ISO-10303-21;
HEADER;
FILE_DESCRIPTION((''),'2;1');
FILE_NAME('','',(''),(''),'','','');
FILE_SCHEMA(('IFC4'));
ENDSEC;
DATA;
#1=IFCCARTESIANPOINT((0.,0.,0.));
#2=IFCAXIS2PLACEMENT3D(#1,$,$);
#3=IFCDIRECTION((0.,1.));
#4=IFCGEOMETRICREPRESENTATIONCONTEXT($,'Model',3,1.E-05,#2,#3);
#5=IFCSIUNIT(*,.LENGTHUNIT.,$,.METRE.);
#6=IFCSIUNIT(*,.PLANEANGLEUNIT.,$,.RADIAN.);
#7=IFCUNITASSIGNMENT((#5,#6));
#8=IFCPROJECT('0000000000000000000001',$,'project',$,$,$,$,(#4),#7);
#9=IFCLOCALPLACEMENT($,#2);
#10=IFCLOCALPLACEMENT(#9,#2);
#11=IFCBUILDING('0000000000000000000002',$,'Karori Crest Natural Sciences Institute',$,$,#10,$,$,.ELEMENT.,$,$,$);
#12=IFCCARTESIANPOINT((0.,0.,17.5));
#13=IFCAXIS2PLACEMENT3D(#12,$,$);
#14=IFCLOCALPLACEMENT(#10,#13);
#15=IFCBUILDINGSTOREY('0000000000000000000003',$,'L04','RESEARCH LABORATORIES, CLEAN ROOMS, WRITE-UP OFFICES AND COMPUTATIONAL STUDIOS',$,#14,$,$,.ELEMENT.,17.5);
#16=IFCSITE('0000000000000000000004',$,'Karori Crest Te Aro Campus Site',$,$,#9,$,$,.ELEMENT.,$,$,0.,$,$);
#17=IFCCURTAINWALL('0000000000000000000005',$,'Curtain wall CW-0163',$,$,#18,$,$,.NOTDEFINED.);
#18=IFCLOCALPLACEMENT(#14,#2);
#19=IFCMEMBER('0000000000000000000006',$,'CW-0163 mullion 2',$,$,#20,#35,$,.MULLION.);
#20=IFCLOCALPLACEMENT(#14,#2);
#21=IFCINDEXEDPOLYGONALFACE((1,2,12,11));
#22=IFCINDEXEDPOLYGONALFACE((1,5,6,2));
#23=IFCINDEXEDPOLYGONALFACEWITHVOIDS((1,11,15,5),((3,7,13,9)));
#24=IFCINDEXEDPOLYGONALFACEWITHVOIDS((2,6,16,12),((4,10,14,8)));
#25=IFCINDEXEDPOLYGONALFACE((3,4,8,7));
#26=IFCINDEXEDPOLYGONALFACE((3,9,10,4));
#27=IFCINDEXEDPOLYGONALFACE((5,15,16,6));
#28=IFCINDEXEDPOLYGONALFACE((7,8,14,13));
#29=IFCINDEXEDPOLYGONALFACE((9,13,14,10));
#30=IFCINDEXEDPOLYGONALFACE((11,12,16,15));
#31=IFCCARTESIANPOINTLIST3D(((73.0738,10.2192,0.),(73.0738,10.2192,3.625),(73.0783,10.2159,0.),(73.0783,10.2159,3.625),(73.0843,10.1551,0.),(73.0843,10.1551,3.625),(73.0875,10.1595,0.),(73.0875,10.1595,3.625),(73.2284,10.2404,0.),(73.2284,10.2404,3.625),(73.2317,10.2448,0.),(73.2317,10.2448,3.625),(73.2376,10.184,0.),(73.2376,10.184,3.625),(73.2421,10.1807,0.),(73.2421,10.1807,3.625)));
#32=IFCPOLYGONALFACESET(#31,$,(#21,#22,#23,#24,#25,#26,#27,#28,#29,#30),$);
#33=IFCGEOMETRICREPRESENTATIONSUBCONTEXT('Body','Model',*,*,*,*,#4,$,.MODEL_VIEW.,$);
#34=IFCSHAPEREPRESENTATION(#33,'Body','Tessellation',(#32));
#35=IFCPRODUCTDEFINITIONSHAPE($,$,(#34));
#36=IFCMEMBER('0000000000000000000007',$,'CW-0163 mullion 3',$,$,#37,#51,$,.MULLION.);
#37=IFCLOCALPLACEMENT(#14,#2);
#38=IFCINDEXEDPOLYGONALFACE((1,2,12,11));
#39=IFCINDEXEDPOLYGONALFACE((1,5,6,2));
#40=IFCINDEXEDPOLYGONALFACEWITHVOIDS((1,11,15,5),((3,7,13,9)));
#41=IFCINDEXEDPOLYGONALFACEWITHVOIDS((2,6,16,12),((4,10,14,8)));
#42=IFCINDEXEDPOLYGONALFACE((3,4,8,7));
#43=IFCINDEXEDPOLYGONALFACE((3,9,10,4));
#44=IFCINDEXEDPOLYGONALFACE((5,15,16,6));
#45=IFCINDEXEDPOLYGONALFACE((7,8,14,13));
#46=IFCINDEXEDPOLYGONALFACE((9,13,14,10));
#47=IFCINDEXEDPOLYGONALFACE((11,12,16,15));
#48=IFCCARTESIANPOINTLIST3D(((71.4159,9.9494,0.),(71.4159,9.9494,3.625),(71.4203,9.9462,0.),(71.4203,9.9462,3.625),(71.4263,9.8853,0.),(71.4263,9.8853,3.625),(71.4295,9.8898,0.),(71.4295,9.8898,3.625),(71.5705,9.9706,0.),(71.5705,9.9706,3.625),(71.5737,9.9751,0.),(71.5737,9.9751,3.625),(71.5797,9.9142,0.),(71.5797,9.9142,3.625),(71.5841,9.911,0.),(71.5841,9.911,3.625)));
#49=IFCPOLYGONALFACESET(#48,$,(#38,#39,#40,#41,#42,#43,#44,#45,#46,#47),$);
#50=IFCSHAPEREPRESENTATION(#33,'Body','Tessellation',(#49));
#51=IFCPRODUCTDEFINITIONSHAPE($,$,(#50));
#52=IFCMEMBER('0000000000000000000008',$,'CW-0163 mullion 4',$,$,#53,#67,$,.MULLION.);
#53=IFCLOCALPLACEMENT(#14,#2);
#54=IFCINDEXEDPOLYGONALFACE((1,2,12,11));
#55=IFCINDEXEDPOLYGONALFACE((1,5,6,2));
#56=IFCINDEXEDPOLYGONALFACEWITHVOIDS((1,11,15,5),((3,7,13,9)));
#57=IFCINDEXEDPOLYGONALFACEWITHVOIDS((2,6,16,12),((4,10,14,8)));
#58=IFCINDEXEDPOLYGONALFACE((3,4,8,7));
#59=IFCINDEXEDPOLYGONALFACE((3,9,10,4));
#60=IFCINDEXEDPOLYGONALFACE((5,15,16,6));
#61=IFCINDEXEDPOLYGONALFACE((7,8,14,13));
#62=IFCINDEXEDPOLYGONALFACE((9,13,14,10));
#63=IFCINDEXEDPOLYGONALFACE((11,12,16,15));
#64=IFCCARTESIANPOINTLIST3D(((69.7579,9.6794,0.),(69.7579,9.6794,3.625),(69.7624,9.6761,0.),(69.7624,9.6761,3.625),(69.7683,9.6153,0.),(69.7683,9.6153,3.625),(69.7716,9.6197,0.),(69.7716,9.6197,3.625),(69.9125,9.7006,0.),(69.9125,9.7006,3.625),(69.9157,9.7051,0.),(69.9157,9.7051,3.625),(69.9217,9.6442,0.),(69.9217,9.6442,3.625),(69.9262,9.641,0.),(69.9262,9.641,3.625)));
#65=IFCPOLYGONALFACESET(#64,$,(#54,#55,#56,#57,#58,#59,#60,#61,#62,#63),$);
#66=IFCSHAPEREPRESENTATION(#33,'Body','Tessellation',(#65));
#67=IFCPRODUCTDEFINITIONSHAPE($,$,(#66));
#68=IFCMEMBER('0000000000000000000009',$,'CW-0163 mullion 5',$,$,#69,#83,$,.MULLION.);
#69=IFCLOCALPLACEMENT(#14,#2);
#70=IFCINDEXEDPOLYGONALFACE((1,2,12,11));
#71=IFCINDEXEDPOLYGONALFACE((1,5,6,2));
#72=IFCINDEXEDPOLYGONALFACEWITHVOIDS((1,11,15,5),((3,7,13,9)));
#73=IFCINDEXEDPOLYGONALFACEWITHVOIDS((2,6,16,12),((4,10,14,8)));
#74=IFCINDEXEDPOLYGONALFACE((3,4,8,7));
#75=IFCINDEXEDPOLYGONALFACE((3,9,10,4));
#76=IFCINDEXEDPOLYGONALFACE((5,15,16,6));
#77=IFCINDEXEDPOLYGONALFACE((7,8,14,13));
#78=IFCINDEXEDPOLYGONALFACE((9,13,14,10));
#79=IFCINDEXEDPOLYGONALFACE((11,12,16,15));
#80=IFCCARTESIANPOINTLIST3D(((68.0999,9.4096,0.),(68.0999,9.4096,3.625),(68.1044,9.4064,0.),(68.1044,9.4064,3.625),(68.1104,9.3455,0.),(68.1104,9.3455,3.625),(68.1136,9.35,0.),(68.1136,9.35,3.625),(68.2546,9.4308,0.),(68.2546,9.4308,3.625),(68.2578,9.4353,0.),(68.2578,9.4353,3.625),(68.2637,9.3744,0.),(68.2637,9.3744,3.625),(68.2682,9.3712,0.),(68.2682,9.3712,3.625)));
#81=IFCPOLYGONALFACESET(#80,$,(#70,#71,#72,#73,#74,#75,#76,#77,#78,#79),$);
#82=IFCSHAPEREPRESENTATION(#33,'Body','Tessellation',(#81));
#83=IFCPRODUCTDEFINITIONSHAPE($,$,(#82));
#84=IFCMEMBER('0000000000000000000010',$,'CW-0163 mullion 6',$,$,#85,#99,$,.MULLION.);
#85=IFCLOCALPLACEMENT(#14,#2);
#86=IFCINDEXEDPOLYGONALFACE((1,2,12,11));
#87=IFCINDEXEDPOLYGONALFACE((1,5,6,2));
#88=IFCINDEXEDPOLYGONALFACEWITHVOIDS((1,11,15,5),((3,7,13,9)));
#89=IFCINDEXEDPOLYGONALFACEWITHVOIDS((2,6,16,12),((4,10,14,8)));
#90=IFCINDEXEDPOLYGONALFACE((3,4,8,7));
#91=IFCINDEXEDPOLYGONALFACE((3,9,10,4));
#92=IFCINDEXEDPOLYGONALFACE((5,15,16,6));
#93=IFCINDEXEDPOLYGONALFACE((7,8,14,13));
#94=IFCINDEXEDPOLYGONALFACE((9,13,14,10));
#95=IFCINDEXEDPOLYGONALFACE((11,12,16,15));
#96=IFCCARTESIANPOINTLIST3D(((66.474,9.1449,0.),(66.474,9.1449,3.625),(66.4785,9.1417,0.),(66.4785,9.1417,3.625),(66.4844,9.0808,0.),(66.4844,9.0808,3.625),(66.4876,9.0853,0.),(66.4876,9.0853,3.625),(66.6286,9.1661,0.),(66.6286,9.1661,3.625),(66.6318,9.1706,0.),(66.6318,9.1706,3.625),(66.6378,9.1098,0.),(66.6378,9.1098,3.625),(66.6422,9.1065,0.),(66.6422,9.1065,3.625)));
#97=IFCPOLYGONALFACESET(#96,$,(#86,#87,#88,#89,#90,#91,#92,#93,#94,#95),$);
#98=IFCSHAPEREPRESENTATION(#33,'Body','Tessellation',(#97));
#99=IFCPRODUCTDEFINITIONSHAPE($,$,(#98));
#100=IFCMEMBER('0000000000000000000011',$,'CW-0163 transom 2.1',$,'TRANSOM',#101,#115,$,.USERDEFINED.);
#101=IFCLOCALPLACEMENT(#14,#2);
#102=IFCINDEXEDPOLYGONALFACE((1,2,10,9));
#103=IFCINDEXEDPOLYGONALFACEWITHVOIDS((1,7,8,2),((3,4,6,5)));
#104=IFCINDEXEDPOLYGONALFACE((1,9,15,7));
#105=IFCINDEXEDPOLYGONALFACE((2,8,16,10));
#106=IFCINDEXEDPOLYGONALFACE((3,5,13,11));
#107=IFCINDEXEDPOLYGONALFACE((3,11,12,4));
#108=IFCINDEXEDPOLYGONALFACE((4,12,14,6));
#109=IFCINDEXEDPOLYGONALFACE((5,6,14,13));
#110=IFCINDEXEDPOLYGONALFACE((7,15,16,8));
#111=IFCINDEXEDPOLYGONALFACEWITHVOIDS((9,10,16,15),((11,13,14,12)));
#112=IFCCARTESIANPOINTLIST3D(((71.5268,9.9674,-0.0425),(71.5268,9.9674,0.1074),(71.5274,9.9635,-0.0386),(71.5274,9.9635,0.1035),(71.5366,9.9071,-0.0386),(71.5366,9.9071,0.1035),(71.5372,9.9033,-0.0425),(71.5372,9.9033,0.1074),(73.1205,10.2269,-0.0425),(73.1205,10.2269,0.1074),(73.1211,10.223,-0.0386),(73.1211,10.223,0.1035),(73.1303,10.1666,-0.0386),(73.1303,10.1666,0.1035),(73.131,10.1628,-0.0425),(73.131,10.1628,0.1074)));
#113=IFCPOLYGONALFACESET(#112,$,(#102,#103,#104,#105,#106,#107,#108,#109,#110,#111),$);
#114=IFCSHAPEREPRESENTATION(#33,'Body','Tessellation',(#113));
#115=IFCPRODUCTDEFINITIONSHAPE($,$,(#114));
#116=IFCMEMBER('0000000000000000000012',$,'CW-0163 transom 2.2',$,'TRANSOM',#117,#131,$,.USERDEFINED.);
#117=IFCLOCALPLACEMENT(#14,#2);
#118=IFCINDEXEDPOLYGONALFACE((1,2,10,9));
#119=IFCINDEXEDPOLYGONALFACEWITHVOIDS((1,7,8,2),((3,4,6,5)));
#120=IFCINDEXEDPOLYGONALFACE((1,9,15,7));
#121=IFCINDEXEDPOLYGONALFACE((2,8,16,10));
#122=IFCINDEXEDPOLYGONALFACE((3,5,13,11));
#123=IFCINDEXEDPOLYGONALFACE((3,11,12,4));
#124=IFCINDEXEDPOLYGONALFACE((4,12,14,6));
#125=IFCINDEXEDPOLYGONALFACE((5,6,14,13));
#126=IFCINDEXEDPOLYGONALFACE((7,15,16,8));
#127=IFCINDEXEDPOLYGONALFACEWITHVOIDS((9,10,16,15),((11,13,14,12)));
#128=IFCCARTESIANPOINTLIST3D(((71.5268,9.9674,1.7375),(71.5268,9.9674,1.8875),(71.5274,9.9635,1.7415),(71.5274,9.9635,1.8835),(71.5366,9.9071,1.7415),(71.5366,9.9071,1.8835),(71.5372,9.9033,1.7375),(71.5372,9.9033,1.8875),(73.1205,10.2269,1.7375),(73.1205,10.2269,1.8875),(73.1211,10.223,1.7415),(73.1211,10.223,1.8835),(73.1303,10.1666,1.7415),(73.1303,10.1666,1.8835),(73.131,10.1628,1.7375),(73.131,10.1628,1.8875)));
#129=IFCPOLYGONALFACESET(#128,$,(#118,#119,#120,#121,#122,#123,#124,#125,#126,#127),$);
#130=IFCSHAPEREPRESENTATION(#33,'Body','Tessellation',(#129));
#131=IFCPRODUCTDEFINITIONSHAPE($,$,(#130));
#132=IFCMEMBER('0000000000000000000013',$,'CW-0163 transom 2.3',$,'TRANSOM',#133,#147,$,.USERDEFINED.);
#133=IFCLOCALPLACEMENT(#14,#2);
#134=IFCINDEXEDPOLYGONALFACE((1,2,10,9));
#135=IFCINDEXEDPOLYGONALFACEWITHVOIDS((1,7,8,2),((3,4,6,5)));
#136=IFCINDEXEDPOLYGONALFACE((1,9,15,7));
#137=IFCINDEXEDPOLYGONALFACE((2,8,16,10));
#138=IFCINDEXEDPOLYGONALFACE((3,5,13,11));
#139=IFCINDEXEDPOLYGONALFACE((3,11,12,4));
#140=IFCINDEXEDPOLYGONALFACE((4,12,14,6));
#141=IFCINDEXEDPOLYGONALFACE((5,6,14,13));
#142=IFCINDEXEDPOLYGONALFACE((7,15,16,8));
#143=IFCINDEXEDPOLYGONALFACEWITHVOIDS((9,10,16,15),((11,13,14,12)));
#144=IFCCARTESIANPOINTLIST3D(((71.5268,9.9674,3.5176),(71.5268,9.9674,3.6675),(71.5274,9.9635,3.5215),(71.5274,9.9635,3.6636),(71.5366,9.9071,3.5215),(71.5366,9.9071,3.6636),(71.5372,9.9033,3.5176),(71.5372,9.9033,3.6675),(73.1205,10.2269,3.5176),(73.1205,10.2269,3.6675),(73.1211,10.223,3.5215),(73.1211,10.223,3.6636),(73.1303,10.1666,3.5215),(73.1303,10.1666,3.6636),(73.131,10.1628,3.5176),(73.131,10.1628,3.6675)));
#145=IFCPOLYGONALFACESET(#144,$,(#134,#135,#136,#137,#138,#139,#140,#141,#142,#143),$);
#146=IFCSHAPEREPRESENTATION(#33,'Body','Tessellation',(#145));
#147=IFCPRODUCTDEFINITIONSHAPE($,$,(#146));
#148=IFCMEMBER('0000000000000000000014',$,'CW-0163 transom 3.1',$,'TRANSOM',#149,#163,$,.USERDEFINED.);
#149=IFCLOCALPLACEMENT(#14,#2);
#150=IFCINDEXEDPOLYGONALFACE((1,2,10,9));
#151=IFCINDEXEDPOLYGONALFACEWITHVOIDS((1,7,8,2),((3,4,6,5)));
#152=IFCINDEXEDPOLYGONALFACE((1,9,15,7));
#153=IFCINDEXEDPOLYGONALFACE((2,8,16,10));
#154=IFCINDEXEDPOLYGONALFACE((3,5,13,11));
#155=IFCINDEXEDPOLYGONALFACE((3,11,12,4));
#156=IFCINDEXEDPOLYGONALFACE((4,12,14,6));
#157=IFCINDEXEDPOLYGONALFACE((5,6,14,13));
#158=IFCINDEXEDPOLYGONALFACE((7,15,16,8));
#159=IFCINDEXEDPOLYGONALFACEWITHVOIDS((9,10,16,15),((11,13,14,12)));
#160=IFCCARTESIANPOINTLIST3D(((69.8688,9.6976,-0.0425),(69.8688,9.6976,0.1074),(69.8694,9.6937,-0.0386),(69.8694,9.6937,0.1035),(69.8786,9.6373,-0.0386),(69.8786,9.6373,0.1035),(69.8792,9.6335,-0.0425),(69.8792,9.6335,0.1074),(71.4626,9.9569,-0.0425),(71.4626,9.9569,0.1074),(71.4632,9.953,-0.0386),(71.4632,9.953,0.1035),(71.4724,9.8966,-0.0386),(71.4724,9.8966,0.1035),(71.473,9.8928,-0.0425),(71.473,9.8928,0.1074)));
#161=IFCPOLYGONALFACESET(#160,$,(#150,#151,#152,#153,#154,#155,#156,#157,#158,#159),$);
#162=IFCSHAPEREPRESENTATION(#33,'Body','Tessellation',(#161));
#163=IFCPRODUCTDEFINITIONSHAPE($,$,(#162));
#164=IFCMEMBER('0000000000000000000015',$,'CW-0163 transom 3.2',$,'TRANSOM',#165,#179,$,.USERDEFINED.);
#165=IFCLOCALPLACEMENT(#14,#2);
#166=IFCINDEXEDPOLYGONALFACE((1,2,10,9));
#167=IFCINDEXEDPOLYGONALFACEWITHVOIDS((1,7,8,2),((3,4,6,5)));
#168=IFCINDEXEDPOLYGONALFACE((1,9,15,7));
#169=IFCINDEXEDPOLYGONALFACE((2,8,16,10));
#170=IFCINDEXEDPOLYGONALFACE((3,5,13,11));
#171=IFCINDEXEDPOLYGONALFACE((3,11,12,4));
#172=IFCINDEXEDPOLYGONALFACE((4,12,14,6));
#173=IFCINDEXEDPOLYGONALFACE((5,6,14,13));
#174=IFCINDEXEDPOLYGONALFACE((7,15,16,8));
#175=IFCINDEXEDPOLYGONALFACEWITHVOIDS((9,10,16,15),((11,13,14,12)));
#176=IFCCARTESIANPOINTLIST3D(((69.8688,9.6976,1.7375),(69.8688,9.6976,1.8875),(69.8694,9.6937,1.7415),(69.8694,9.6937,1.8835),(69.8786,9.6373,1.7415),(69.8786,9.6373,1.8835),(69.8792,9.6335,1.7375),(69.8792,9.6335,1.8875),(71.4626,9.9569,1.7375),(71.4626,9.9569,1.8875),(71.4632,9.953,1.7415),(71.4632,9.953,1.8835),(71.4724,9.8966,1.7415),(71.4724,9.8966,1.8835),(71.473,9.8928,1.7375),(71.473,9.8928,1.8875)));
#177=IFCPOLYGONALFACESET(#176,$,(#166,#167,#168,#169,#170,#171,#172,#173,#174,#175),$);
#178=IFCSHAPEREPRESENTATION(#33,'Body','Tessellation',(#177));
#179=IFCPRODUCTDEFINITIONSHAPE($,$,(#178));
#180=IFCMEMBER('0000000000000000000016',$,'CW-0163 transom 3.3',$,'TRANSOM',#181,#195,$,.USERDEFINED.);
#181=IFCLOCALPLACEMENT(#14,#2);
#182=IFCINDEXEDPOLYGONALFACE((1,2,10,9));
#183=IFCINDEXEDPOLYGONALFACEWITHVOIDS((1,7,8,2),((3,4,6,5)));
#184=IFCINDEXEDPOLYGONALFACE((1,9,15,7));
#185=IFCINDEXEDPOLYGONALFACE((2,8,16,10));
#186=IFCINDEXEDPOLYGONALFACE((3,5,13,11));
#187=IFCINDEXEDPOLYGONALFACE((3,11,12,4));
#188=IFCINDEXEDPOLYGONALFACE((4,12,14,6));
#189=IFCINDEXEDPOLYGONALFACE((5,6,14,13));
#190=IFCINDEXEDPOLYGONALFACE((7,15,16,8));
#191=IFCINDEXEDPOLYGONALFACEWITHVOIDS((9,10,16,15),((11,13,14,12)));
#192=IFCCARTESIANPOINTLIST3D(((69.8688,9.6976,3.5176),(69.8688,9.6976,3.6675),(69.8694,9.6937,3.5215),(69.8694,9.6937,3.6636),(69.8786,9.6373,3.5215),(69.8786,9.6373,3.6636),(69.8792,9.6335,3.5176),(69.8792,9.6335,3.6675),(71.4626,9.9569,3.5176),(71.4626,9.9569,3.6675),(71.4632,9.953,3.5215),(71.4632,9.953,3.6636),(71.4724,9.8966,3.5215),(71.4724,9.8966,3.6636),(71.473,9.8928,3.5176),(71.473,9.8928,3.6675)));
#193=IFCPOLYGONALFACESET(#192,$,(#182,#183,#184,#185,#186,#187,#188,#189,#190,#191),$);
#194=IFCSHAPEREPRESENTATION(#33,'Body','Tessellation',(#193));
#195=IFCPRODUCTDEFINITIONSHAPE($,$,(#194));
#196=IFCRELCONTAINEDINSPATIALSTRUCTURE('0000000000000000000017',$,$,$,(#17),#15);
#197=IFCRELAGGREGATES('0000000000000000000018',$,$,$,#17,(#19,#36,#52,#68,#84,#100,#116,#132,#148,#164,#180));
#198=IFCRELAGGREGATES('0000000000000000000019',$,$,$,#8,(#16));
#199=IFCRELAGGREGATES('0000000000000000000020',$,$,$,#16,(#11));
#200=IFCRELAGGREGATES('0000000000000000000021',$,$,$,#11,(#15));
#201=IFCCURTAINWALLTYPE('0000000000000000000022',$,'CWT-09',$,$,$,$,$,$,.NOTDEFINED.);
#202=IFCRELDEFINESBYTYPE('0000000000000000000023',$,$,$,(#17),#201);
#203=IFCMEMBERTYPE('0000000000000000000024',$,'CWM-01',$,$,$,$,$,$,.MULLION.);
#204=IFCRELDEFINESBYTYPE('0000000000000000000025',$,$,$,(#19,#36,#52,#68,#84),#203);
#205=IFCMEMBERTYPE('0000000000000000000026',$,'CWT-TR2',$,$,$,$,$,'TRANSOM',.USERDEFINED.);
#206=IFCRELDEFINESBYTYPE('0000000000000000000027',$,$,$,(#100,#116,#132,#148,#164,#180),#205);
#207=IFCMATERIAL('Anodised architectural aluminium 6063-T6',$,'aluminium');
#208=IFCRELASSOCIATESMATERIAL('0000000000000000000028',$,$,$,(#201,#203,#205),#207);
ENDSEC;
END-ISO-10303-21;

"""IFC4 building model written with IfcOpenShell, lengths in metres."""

from ifc_helpers import new_model, si_unit, direction, frame, origin, origin_2d, place, context, subcontext, project, spatial, hollow_rectangle, extrude, material, material_profile, profile_set, type_object, element, aggregate, save


model = new_model("IFC4")

# Units and contexts
model_context = context("Model", 3, precision=1e-05, world=origin(), true_north=direction((0.0, 1.0)))
body_context = subcontext(model_context, "Body", "Model", "MODEL_VIEW")
ifc_project = project(units=[si_unit("LENGTHUNIT", "METRE"), si_unit("PLANEANGLEUNIT", "RADIAN")], contexts=[model_context])

# Site, building, storey
site_placement = place(None, origin())
site = spatial("IfcSite", under=ifc_project, at=site_placement, Name="Karori Crest Te Aro Campus Site", CompositionType="ELEMENT", RefElevation=0.0)
building_placement = place(site_placement, origin())
building = spatial("IfcBuilding", under=site, at=building_placement, Name="Karori Crest Natural Sciences Institute", CompositionType="ELEMENT")
storey_placement = place(building_placement, frame((0.0, 0.0, 17.5)))
storey = spatial("IfcBuildingStorey", under=building, at=storey_placement, Name="L04", Description="RESEARCH LABORATORIES, CLEAN ROOMS, WRITE-UP OFFICES AND COMPUTATIONAL STUDIOS", CompositionType="ELEMENT", Elevation=17.5)

# Curtain wall, members
ifc_material_1 = material(Name="Anodised architectural aluminium 6063-T6", Category="aluminium")
curtain_wall_type = type_object("IfcCurtainWallType", Name="CWT-09", PredefinedType="NOTDEFINED", material=ifc_material_1)
curtain_wall_placement = place(storey_placement, origin())
curtain_wall = element("IfcCurtainWall", 1, at=curtain_wall_placement, inside=storey, type_object=curtain_wall_type, Name="Curtain wall CW-0163", PredefinedType="NOTDEFINED")
ifc_material_profile_1 = material_profile(ifc_material_1, hollow_rectangle(XDim=0.0649, YDim=0.1599, WallThickness=0.0039, at=origin_2d()), Name="CWM160x65x4")
ifc_profile_set_1 = profile_set([ifc_material_profile_1], Name="Anodised architectural aluminium 6063-T6")
member_type_1 = type_object("IfcMemberType", Name="CWM-01", PredefinedType="MULLION", material=ifc_profile_set_1)
member_1_placement = place(storey_placement, frame((73.158, 10.2, 0.0), z_axis=(0.0, 0.0, 1.0), x_axis=(0.16065, -0.987011, 0.0)))
member_1 = element("IfcMember", 2, at=member_1_placement, type_object=member_type_1, Name="CW-0163 mullion 2", PredefinedType="MULLION", context=body_context, shape_type="SweptSolid", body=[
    extrude(hollow_rectangle(XDim=0.0649, YDim=0.1599, WallThickness=0.0039, at=origin_2d()), origin(), (0.0, 0.0, 1.0), 3.625),
])
member_2_placement = place(storey_placement, frame((71.5, 9.9302, 0.0), z_axis=(0.0, 0.0, 1.0), x_axis=(0.16065, -0.987011, 0.0)))
member_2 = element("IfcMember", 3, at=member_2_placement, type_object=member_type_1, Name="CW-0163 mullion 3", PredefinedType="MULLION", context=body_context, shape_type="SweptSolid", body=[
    extrude(hollow_rectangle(XDim=0.0649, YDim=0.1599, WallThickness=0.0039, at=origin_2d()), origin(), (0.0, 0.0, 1.0), 3.625),
])
member_3_placement = place(storey_placement, frame((69.842, 9.6602, 0.0), z_axis=(0.0, 0.0, 1.0), x_axis=(0.16065, -0.987011, 0.0)))
member_3 = element("IfcMember", 4, at=member_3_placement, type_object=member_type_1, Name="CW-0163 mullion 4", PredefinedType="MULLION", context=body_context, shape_type="SweptSolid", body=[
    extrude(hollow_rectangle(XDim=0.0649, YDim=0.1599, WallThickness=0.0039, at=origin_2d()), origin(), (0.0, 0.0, 1.0), 3.625),
])
member_4_placement = place(storey_placement, frame((68.1841, 9.3904, 0.0), z_axis=(0.0, 0.0, 1.0), x_axis=(0.16065, -0.987011, 0.0)))
member_4 = element("IfcMember", 5, at=member_4_placement, type_object=member_type_1, Name="CW-0163 mullion 5", PredefinedType="MULLION", context=body_context, shape_type="SweptSolid", body=[
    extrude(hollow_rectangle(XDim=0.0649, YDim=0.1599, WallThickness=0.0039, at=origin_2d()), origin(), (0.0, 0.0, 1.0), 3.625),
])
member_5_placement = place(storey_placement, frame((66.5581, 9.1257, 0.0), z_axis=(0.0, 0.0, 1.0), x_axis=(0.16065, -0.987011, 0.0)))
member_5 = element("IfcMember", 6, at=member_5_placement, type_object=member_type_1, Name="CW-0163 mullion 6", PredefinedType="MULLION", context=body_context, shape_type="SweptSolid", body=[
    extrude(hollow_rectangle(XDim=0.0649, YDim=0.1599, WallThickness=0.0039, at=origin_2d()), origin(), (0.0, 0.0, 1.0), 3.625),
])
ifc_material_profile_2 = material_profile(ifc_material_1, hollow_rectangle(XDim=0.0649, YDim=0.1499, WallThickness=0.0039, at=origin_2d()), Name="CWT150x65x4")
ifc_profile_set_2 = profile_set([ifc_material_profile_2], Name="Anodised architectural aluminium 6063-T6")
member_type_2 = type_object("IfcMemberType", Name="CWT-TR2", ElementType="TRANSOM", PredefinedType="USERDEFINED", material=ifc_profile_set_2)
member_6_placement = place(storey_placement, frame((73.1257, 10.1948, 0.0325), z_axis=(-0.987, -0.16072, 0.0), x_axis=(0.16072, -0.987, 0.0)))
member_6 = element("IfcMember", 7, at=member_6_placement, type_object=member_type_2, Name="CW-0163 transom 2.1", ObjectType="TRANSOM", PredefinedType="USERDEFINED", context=body_context, shape_type="SweptSolid", body=[
    extrude(hollow_rectangle(XDim=0.0649, YDim=0.1499, WallThickness=0.0039, at=origin_2d()), origin(), (0.0, 0.0, 1.0), 1.6147),
])
member_7_placement = place(storey_placement, frame((73.1257, 10.1948, 1.8125), z_axis=(-0.987, -0.16072, 0.0), x_axis=(0.16072, -0.987, 0.0)))
member_7 = element("IfcMember", 8, at=member_7_placement, type_object=member_type_2, Name="CW-0163 transom 2.2", ObjectType="TRANSOM", PredefinedType="USERDEFINED", context=body_context, shape_type="SweptSolid", body=[
    extrude(hollow_rectangle(XDim=0.0649, YDim=0.1499, WallThickness=0.0039, at=origin_2d()), origin(), (0.0, 0.0, 1.0), 1.6147),
])
member_8_placement = place(storey_placement, frame((73.1257, 10.1948, 3.5925), z_axis=(-0.987, -0.16072, 0.0), x_axis=(0.16072, -0.987, 0.0)))
member_8 = element("IfcMember", 9, at=member_8_placement, type_object=member_type_2, Name="CW-0163 transom 2.3", ObjectType="TRANSOM", PredefinedType="USERDEFINED", context=body_context, shape_type="SweptSolid", body=[
    extrude(hollow_rectangle(XDim=0.0649, YDim=0.1499, WallThickness=0.0039, at=origin_2d()), origin(), (0.0, 0.0, 1.0), 1.6147),
])
member_9_placement = place(storey_placement, frame((71.4678, 9.9248, 0.0325), z_axis=(-0.987024, -0.160573, 0.0), x_axis=(0.160573, -0.987024, 0.0)))
member_9 = element("IfcMember", 10, at=member_9_placement, type_object=member_type_2, Name="CW-0163 transom 3.1", ObjectType="TRANSOM", PredefinedType="USERDEFINED", context=body_context, shape_type="SweptSolid", body=[
    extrude(hollow_rectangle(XDim=0.0649, YDim=0.1499, WallThickness=0.0039, at=origin_2d()), origin(), (0.0, 0.0, 1.0), 1.6147),
])
member_10_placement = place(storey_placement, frame((71.4678, 9.9248, 1.8125), z_axis=(-0.987024, -0.160573, 0.0), x_axis=(0.160573, -0.987024, 0.0)))
member_10 = element("IfcMember", 11, at=member_10_placement, type_object=member_type_2, Name="CW-0163 transom 3.2", ObjectType="TRANSOM", PredefinedType="USERDEFINED", context=body_context, shape_type="SweptSolid", body=[
    extrude(hollow_rectangle(XDim=0.0649, YDim=0.1499, WallThickness=0.0039, at=origin_2d()), origin(), (0.0, 0.0, 1.0), 1.6147),
])
member_11_placement = place(storey_placement, frame((71.4678, 9.9248, 3.5925), z_axis=(-0.987024, -0.160573, 0.0), x_axis=(0.160573, -0.987024, 0.0)))
member_11 = element("IfcMember", 12, at=member_11_placement, type_object=member_type_2, Name="CW-0163 transom 3.3", ObjectType="TRANSOM", PredefinedType="USERDEFINED", context=body_context, shape_type="SweptSolid", body=[
    extrude(hollow_rectangle(XDim=0.0649, YDim=0.1499, WallThickness=0.0039, at=origin_2d()), origin(), (0.0, 0.0, 1.0), 1.6147),
])
aggregate(curtain_wall, [member_1, member_2, member_3, member_4, member_5, member_6, member_7, member_8, member_9, member_10, member_11])

save(model, "model.ifc")
